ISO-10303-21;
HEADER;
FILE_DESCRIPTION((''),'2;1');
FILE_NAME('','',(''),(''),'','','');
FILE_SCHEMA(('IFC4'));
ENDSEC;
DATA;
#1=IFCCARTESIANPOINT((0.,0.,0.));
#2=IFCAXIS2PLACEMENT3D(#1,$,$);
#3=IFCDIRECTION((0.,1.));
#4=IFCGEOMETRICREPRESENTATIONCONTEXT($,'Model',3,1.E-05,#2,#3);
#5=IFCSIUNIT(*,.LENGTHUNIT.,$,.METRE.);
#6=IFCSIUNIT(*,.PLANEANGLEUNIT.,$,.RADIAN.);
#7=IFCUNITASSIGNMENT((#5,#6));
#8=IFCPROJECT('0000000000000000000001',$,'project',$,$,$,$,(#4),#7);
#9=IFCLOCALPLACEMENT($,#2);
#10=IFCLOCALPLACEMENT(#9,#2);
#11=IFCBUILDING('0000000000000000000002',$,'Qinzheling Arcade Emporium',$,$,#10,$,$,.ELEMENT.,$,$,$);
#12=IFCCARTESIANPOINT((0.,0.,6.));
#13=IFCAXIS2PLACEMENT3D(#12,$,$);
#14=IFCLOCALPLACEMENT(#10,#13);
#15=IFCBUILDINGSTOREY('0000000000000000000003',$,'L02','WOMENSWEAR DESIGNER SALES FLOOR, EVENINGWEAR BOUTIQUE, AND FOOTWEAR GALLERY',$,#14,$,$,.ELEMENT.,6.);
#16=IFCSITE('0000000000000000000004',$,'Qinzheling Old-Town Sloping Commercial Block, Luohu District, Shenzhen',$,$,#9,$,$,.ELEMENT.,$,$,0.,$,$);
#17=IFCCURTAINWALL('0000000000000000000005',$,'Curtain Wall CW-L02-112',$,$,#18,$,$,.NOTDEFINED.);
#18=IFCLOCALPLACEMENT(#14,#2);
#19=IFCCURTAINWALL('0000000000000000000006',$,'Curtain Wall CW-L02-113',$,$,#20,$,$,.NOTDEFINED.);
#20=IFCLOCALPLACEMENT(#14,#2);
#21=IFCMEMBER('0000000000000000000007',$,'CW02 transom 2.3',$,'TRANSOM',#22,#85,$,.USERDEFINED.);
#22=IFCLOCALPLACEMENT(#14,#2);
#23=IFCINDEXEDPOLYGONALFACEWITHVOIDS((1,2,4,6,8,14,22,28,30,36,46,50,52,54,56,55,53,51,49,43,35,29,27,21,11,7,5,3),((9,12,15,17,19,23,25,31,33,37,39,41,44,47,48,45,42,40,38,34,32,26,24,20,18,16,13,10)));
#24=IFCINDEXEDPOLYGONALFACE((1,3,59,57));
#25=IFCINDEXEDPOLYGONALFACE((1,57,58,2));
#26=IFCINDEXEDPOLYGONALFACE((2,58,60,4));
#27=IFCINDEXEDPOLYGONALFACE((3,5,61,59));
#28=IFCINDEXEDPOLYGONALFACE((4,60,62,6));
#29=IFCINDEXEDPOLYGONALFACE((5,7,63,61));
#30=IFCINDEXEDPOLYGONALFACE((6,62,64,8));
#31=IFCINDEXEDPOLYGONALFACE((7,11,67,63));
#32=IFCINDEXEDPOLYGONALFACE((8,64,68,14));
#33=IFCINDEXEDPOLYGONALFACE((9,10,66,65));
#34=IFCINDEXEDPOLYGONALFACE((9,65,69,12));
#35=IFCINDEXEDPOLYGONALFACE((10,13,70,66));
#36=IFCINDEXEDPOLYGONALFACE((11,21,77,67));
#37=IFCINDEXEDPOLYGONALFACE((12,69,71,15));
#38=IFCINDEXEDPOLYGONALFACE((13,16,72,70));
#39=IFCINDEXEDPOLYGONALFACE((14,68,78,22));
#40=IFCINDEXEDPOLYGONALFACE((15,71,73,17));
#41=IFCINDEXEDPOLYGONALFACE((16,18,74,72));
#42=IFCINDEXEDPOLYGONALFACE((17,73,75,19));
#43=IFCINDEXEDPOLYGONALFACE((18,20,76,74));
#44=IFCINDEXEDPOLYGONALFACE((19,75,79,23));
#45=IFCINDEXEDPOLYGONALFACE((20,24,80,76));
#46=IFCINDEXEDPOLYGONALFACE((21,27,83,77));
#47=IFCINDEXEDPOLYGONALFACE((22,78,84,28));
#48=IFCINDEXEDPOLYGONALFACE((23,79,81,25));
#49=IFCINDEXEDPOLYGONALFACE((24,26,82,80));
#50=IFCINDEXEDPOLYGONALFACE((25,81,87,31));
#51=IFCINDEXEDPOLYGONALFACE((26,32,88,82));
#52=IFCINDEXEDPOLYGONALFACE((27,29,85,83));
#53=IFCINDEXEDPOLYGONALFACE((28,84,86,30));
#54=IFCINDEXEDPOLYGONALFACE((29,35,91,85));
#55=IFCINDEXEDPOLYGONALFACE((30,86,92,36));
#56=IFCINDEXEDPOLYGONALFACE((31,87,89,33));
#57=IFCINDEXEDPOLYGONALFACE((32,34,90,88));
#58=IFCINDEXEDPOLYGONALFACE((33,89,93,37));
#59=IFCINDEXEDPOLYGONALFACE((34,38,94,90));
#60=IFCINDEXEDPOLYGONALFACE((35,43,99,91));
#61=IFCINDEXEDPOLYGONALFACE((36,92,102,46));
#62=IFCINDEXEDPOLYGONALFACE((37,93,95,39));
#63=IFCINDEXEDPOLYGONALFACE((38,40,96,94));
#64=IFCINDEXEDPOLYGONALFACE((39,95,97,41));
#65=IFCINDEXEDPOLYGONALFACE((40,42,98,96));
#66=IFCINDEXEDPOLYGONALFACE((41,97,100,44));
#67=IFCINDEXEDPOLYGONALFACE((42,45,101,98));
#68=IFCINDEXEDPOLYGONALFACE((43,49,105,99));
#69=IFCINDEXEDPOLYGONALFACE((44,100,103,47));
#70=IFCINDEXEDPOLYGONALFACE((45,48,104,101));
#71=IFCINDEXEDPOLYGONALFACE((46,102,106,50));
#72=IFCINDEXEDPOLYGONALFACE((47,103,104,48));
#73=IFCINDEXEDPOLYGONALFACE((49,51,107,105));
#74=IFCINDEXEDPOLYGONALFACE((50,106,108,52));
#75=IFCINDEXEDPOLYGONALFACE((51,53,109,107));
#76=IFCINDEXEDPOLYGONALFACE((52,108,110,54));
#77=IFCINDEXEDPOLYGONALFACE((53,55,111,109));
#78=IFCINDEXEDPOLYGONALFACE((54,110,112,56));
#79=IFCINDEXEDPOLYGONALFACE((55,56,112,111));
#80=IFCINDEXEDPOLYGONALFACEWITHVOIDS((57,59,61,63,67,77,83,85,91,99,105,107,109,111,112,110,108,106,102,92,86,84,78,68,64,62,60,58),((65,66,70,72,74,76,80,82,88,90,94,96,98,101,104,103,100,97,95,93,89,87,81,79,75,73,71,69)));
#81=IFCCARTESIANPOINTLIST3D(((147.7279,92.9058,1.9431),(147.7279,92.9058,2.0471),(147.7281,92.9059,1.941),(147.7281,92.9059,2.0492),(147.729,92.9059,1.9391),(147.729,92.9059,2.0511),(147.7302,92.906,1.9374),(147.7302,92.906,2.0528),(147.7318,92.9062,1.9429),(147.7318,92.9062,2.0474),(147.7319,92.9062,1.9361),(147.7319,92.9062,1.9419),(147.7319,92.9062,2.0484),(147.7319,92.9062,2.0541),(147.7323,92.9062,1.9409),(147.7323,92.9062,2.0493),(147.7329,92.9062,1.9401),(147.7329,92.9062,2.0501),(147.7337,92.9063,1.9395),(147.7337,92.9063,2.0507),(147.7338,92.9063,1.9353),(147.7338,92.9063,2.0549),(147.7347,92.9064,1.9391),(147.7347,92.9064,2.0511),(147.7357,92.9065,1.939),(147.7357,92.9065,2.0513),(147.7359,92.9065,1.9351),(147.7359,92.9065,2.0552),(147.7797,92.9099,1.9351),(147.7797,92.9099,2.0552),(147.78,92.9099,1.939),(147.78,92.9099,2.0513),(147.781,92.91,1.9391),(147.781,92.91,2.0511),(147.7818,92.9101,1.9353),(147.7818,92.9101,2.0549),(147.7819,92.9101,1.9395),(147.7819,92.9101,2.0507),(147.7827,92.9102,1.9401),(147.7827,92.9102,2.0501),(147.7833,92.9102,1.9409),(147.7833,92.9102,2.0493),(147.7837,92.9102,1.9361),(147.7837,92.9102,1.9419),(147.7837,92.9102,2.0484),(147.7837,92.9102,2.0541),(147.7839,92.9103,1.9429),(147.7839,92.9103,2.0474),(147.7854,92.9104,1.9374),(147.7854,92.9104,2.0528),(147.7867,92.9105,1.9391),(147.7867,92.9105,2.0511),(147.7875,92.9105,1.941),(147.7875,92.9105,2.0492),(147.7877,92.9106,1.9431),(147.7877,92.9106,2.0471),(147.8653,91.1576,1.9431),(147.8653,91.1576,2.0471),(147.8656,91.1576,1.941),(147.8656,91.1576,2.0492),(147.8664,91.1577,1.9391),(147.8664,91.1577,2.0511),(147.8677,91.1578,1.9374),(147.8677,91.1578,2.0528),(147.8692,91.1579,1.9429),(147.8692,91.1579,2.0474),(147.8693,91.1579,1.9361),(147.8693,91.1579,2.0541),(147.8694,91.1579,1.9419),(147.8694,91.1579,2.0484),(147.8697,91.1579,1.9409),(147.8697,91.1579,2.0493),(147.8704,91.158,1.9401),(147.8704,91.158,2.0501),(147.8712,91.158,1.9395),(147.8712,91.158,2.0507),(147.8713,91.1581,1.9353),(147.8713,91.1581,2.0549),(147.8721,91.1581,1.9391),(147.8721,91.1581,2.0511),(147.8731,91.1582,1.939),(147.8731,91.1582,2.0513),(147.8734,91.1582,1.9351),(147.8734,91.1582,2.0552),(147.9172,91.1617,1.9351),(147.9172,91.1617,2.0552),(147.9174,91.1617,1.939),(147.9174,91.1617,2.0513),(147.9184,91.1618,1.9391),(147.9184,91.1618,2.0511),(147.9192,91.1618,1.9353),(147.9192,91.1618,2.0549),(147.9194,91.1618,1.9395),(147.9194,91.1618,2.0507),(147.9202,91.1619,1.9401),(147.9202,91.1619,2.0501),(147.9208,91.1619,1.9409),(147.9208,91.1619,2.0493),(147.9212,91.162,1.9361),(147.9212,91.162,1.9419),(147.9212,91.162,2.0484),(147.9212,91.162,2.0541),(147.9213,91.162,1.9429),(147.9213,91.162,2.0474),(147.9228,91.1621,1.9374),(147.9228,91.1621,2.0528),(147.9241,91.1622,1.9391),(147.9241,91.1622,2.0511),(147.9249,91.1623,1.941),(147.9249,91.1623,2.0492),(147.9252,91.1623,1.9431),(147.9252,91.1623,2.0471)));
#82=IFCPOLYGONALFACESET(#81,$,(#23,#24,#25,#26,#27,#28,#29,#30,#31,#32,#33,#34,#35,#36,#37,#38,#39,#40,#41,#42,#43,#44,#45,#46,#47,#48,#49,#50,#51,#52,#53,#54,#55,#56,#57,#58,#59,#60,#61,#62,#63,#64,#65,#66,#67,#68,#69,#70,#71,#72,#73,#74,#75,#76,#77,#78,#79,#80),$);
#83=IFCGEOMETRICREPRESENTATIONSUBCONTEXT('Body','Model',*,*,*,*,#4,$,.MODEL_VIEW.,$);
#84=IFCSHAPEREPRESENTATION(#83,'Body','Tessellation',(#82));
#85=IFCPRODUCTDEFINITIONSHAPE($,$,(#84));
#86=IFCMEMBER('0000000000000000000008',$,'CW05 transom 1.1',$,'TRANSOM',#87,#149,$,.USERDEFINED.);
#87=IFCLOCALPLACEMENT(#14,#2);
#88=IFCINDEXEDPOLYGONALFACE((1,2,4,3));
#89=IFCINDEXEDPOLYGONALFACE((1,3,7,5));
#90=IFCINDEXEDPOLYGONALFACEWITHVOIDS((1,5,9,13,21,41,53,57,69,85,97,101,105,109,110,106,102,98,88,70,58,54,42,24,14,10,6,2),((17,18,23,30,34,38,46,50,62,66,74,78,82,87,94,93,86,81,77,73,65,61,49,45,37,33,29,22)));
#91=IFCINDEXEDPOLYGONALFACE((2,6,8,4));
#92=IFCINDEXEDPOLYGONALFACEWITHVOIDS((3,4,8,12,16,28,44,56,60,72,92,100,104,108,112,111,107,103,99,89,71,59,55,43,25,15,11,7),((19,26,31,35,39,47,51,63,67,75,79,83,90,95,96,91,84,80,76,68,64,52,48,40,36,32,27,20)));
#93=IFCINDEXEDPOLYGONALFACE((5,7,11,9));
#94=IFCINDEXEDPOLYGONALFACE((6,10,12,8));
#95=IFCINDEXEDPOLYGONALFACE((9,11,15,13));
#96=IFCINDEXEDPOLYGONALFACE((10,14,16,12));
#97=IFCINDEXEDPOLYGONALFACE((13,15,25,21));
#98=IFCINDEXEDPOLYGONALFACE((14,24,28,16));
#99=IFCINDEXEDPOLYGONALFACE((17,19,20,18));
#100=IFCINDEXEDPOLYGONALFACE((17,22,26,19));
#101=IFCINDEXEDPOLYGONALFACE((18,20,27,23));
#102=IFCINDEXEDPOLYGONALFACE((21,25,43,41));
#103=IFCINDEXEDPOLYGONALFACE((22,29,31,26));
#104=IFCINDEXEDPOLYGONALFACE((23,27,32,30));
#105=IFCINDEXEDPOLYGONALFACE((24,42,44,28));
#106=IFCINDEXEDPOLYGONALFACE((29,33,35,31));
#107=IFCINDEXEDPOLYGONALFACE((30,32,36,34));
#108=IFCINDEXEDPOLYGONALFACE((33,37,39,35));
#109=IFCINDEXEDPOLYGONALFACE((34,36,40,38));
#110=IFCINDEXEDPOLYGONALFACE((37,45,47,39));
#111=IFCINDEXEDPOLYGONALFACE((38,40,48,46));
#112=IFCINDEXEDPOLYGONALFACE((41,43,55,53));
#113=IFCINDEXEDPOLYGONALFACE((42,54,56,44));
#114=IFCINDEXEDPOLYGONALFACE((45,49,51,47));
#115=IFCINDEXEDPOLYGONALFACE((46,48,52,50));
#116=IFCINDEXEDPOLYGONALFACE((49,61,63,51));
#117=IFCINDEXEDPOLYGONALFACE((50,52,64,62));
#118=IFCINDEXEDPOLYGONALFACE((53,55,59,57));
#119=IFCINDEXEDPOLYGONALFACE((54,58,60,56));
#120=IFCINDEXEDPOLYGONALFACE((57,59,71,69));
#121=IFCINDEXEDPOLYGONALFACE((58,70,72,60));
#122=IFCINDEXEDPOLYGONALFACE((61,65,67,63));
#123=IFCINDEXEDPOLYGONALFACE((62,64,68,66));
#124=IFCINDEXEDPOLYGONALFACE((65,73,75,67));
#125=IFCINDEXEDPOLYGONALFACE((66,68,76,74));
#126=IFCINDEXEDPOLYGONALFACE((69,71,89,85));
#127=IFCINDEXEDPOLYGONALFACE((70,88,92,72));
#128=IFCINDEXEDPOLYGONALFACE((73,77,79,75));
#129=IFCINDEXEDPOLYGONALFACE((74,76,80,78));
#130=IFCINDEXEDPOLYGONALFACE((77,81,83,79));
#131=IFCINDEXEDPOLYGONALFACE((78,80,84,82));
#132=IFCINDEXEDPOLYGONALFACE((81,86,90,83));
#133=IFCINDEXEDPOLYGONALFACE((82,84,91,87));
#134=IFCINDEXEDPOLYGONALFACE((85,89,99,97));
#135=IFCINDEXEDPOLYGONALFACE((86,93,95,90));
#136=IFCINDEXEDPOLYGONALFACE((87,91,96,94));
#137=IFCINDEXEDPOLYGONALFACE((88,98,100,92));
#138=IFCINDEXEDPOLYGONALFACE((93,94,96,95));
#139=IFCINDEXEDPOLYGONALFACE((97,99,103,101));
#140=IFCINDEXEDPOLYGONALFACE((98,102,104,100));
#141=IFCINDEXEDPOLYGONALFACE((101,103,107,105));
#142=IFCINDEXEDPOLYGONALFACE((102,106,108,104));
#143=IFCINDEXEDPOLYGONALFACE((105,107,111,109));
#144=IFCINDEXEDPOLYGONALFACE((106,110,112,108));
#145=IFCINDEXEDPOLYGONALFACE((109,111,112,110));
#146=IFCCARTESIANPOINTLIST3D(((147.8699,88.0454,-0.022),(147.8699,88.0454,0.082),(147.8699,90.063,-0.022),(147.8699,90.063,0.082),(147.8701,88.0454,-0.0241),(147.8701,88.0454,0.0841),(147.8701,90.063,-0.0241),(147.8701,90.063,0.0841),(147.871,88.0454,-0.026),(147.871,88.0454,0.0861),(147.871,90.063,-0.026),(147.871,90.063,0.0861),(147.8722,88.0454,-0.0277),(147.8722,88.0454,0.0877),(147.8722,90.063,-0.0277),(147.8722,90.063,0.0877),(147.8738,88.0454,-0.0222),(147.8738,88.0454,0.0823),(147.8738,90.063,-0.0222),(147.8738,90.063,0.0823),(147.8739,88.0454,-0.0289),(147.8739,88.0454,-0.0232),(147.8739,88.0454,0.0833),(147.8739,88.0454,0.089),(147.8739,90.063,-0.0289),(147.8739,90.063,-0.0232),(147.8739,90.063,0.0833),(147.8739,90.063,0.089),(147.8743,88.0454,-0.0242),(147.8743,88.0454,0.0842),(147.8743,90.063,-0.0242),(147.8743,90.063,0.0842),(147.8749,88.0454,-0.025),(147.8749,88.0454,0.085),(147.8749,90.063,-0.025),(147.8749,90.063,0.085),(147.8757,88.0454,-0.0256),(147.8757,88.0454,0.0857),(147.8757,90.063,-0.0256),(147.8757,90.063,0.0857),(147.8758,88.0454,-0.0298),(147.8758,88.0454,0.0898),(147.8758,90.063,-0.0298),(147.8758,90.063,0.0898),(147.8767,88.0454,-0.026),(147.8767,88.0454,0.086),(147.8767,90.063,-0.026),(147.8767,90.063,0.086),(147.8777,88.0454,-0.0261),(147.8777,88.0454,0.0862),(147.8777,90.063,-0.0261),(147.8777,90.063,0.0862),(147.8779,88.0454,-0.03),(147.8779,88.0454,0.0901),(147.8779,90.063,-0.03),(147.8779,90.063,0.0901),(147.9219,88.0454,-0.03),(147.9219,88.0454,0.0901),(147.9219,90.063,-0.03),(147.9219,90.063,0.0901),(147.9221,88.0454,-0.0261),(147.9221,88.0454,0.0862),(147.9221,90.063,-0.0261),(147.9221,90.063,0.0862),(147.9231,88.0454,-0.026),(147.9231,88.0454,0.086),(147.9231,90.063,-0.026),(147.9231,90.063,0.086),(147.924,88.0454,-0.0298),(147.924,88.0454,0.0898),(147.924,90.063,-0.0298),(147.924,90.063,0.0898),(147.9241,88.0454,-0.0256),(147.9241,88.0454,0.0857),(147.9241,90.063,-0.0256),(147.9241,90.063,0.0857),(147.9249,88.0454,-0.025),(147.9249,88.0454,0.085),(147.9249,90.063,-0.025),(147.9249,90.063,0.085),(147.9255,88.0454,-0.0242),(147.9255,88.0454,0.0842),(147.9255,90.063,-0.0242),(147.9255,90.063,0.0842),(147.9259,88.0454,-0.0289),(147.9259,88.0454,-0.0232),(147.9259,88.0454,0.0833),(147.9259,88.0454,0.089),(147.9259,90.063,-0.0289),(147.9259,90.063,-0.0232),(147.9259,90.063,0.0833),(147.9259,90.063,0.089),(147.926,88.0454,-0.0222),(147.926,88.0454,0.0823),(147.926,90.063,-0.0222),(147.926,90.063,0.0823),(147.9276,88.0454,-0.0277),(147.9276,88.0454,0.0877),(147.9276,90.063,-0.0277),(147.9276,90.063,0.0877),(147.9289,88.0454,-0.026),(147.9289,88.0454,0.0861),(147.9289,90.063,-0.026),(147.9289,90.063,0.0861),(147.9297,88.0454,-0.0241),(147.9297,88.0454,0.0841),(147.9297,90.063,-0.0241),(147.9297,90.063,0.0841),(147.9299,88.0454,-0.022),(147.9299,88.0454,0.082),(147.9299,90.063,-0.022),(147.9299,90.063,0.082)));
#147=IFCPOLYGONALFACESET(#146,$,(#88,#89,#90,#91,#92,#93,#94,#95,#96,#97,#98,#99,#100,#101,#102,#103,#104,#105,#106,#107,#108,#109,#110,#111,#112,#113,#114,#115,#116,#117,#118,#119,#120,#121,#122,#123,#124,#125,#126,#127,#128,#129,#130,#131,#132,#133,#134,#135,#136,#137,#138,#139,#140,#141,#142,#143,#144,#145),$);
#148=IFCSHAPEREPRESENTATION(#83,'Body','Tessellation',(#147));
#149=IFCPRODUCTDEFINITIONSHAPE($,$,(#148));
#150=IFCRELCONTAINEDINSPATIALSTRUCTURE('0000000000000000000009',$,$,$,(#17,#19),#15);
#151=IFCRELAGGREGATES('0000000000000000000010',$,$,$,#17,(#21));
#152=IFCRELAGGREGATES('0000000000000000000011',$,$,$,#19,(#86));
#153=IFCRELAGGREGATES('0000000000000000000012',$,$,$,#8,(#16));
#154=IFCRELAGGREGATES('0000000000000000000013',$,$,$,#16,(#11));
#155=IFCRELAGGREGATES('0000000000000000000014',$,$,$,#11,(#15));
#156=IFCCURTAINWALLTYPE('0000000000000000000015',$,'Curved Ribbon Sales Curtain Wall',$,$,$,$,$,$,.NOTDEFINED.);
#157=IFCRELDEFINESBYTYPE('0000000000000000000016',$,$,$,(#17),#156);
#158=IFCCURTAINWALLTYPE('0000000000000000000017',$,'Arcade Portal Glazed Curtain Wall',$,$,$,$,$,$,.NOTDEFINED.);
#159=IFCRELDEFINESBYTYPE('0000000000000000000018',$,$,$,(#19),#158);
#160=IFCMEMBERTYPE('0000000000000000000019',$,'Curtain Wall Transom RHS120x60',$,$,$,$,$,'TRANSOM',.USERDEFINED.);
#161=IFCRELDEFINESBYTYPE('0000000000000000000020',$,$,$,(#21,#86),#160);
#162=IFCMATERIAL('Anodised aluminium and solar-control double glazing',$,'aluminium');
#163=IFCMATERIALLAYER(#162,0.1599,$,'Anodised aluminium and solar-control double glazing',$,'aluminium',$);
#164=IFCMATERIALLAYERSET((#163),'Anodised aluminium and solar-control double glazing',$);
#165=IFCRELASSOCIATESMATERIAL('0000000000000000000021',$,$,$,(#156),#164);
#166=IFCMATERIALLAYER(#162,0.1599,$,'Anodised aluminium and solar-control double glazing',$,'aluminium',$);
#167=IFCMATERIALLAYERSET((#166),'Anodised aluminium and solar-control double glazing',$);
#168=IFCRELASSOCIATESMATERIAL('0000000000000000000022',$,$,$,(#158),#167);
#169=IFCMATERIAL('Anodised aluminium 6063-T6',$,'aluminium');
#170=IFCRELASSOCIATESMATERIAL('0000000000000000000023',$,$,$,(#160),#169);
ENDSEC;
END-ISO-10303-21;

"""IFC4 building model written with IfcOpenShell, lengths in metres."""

from ifc_helpers import new_model, si_unit, direction, frame, origin, origin_2d, place, context, subcontext, project, spatial, hollow_rectangle, extrude, material, layer, layer_set, material_profile, profile_set, type_object, element, aggregate, save


model = new_model("IFC4")

# Units and contexts
model_context = context("Model", 3, precision=1e-05, world=origin(), true_north=direction((0.0, 1.0)))
body_context = subcontext(model_context, "Body", "Model", "MODEL_VIEW")
ifc_project = project(units=[si_unit("LENGTHUNIT", "METRE"), si_unit("PLANEANGLEUNIT", "RADIAN")], contexts=[model_context])

# Site, building, storey
site_placement = place(None, origin())
site = spatial("IfcSite", under=ifc_project, at=site_placement, Name="Qinzheling Old-Town Sloping Commercial Block, Luohu District, Shenzhen", CompositionType="ELEMENT", RefElevation=0.0)
building_placement = place(site_placement, origin())
building = spatial("IfcBuilding", under=site, at=building_placement, Name="Qinzheling Arcade Emporium", CompositionType="ELEMENT")
storey_placement = place(building_placement, frame((0.0, 0.0, 6.0)))
storey = spatial("IfcBuildingStorey", under=building, at=storey_placement, Name="L02", Description="WOMENSWEAR DESIGNER SALES FLOOR, EVENINGWEAR BOUTIQUE, AND FOOTWEAR GALLERY", CompositionType="ELEMENT", Elevation=6.0)

# Curtain walls
ifc_material_1 = material(Name="Anodised aluminium and solar-control double glazing", Category="aluminium")
ifc_layer_1 = layer(ifc_material_1, 0.1599, Name="Anodised aluminium and solar-control double glazing", Category="aluminium")
ifc_layer_set_1 = layer_set([ifc_layer_1], Name="Anodised aluminium and solar-control double glazing")
curtain_wall_type_1 = type_object("IfcCurtainWallType", Name="Curved Ribbon Sales Curtain Wall", PredefinedType="NOTDEFINED", material=ifc_layer_set_1)
curtain_wall_1_placement = place(storey_placement, origin())
curtain_wall_1 = element("IfcCurtainWall", 1, at=curtain_wall_1_placement, inside=storey, type_object=curtain_wall_type_1, Name="Curtain Wall CW-L02-112", PredefinedType="NOTDEFINED")
ifc_material_2 = material(Name="Anodised aluminium 6063-T6", Category="aluminium")
ifc_layer_2 = layer(ifc_material_1, 0.1599, Name="Anodised aluminium and solar-control double glazing", Category="aluminium")
ifc_layer_set_2 = layer_set([ifc_layer_2], Name="Anodised aluminium and solar-control double glazing")
curtain_wall_type_2 = type_object("IfcCurtainWallType", Name="Arcade Portal Glazed Curtain Wall", PredefinedType="NOTDEFINED", material=ifc_layer_set_2)
curtain_wall_2_placement = place(storey_placement, origin())
curtain_wall_2 = element("IfcCurtainWall", 2, at=curtain_wall_2_placement, inside=storey, type_object=curtain_wall_type_2, Name="Curtain Wall CW-L02-113", PredefinedType="NOTDEFINED")

# Members
ifc_material_profile_1 = material_profile(ifc_material_2, hollow_rectangle(XDim=0.0601, YDim=0.1201, WallThickness=0.0039, InnerFilletRadius=0.0039, OuterFilletRadius=0.0081, at=origin_2d()), Name="RHS 120x60x4", Category="aluminium")
ifc_profile_set_1 = profile_set([ifc_material_profile_1], Name="Anodised aluminium 6063-T6")
member_type_1 = type_object("IfcMemberType", Name="Curtain Wall Transom RHS120x60", ElementType="TRANSOM", PredefinedType="USERDEFINED", material=ifc_profile_set_1)
member_1_placement = place(storey_placement, frame((147.7578, 92.9082, 1.9951), z_axis=(0.078378, -0.996924, 0.0), x_axis=(0.996924, 0.078378, 0.0)))
member_1 = element("IfcMember", 3, at=member_1_placement, type_object=member_type_1, Name="CW02 transom 2.3", ObjectType="TRANSOM", PredefinedType="USERDEFINED", context=body_context, shape_type="SweptSolid", body=[
    extrude(hollow_rectangle(XDim=0.0601, YDim=0.1201, WallThickness=0.0039, InnerFilletRadius=0.0039, OuterFilletRadius=0.0081, at=origin_2d()), origin(), (0.0, 0.0, 1.0), 1.7537),
])
member_2_placement = place(storey_placement, frame((147.8999, 90.063, 0.03), z_axis=(0.0, -1.0, 0.0), x_axis=(1.0, 0.0, 0.0)))
member_2 = element("IfcMember", 4, at=member_2_placement, type_object=member_type_1, Name="CW05 transom 1.1", ObjectType="TRANSOM", PredefinedType="USERDEFINED", context=body_context, shape_type="SweptSolid", body=[
    extrude(hollow_rectangle(XDim=0.0601, YDim=0.1201, WallThickness=0.0039, InnerFilletRadius=0.0039, OuterFilletRadius=0.0081, at=origin_2d()), origin(), (0.0, 0.0, 1.0), 2.0176),
])

aggregate(curtain_wall_1, [member_1])
aggregate(curtain_wall_2, [member_2])

save(model, "model.ifc")
